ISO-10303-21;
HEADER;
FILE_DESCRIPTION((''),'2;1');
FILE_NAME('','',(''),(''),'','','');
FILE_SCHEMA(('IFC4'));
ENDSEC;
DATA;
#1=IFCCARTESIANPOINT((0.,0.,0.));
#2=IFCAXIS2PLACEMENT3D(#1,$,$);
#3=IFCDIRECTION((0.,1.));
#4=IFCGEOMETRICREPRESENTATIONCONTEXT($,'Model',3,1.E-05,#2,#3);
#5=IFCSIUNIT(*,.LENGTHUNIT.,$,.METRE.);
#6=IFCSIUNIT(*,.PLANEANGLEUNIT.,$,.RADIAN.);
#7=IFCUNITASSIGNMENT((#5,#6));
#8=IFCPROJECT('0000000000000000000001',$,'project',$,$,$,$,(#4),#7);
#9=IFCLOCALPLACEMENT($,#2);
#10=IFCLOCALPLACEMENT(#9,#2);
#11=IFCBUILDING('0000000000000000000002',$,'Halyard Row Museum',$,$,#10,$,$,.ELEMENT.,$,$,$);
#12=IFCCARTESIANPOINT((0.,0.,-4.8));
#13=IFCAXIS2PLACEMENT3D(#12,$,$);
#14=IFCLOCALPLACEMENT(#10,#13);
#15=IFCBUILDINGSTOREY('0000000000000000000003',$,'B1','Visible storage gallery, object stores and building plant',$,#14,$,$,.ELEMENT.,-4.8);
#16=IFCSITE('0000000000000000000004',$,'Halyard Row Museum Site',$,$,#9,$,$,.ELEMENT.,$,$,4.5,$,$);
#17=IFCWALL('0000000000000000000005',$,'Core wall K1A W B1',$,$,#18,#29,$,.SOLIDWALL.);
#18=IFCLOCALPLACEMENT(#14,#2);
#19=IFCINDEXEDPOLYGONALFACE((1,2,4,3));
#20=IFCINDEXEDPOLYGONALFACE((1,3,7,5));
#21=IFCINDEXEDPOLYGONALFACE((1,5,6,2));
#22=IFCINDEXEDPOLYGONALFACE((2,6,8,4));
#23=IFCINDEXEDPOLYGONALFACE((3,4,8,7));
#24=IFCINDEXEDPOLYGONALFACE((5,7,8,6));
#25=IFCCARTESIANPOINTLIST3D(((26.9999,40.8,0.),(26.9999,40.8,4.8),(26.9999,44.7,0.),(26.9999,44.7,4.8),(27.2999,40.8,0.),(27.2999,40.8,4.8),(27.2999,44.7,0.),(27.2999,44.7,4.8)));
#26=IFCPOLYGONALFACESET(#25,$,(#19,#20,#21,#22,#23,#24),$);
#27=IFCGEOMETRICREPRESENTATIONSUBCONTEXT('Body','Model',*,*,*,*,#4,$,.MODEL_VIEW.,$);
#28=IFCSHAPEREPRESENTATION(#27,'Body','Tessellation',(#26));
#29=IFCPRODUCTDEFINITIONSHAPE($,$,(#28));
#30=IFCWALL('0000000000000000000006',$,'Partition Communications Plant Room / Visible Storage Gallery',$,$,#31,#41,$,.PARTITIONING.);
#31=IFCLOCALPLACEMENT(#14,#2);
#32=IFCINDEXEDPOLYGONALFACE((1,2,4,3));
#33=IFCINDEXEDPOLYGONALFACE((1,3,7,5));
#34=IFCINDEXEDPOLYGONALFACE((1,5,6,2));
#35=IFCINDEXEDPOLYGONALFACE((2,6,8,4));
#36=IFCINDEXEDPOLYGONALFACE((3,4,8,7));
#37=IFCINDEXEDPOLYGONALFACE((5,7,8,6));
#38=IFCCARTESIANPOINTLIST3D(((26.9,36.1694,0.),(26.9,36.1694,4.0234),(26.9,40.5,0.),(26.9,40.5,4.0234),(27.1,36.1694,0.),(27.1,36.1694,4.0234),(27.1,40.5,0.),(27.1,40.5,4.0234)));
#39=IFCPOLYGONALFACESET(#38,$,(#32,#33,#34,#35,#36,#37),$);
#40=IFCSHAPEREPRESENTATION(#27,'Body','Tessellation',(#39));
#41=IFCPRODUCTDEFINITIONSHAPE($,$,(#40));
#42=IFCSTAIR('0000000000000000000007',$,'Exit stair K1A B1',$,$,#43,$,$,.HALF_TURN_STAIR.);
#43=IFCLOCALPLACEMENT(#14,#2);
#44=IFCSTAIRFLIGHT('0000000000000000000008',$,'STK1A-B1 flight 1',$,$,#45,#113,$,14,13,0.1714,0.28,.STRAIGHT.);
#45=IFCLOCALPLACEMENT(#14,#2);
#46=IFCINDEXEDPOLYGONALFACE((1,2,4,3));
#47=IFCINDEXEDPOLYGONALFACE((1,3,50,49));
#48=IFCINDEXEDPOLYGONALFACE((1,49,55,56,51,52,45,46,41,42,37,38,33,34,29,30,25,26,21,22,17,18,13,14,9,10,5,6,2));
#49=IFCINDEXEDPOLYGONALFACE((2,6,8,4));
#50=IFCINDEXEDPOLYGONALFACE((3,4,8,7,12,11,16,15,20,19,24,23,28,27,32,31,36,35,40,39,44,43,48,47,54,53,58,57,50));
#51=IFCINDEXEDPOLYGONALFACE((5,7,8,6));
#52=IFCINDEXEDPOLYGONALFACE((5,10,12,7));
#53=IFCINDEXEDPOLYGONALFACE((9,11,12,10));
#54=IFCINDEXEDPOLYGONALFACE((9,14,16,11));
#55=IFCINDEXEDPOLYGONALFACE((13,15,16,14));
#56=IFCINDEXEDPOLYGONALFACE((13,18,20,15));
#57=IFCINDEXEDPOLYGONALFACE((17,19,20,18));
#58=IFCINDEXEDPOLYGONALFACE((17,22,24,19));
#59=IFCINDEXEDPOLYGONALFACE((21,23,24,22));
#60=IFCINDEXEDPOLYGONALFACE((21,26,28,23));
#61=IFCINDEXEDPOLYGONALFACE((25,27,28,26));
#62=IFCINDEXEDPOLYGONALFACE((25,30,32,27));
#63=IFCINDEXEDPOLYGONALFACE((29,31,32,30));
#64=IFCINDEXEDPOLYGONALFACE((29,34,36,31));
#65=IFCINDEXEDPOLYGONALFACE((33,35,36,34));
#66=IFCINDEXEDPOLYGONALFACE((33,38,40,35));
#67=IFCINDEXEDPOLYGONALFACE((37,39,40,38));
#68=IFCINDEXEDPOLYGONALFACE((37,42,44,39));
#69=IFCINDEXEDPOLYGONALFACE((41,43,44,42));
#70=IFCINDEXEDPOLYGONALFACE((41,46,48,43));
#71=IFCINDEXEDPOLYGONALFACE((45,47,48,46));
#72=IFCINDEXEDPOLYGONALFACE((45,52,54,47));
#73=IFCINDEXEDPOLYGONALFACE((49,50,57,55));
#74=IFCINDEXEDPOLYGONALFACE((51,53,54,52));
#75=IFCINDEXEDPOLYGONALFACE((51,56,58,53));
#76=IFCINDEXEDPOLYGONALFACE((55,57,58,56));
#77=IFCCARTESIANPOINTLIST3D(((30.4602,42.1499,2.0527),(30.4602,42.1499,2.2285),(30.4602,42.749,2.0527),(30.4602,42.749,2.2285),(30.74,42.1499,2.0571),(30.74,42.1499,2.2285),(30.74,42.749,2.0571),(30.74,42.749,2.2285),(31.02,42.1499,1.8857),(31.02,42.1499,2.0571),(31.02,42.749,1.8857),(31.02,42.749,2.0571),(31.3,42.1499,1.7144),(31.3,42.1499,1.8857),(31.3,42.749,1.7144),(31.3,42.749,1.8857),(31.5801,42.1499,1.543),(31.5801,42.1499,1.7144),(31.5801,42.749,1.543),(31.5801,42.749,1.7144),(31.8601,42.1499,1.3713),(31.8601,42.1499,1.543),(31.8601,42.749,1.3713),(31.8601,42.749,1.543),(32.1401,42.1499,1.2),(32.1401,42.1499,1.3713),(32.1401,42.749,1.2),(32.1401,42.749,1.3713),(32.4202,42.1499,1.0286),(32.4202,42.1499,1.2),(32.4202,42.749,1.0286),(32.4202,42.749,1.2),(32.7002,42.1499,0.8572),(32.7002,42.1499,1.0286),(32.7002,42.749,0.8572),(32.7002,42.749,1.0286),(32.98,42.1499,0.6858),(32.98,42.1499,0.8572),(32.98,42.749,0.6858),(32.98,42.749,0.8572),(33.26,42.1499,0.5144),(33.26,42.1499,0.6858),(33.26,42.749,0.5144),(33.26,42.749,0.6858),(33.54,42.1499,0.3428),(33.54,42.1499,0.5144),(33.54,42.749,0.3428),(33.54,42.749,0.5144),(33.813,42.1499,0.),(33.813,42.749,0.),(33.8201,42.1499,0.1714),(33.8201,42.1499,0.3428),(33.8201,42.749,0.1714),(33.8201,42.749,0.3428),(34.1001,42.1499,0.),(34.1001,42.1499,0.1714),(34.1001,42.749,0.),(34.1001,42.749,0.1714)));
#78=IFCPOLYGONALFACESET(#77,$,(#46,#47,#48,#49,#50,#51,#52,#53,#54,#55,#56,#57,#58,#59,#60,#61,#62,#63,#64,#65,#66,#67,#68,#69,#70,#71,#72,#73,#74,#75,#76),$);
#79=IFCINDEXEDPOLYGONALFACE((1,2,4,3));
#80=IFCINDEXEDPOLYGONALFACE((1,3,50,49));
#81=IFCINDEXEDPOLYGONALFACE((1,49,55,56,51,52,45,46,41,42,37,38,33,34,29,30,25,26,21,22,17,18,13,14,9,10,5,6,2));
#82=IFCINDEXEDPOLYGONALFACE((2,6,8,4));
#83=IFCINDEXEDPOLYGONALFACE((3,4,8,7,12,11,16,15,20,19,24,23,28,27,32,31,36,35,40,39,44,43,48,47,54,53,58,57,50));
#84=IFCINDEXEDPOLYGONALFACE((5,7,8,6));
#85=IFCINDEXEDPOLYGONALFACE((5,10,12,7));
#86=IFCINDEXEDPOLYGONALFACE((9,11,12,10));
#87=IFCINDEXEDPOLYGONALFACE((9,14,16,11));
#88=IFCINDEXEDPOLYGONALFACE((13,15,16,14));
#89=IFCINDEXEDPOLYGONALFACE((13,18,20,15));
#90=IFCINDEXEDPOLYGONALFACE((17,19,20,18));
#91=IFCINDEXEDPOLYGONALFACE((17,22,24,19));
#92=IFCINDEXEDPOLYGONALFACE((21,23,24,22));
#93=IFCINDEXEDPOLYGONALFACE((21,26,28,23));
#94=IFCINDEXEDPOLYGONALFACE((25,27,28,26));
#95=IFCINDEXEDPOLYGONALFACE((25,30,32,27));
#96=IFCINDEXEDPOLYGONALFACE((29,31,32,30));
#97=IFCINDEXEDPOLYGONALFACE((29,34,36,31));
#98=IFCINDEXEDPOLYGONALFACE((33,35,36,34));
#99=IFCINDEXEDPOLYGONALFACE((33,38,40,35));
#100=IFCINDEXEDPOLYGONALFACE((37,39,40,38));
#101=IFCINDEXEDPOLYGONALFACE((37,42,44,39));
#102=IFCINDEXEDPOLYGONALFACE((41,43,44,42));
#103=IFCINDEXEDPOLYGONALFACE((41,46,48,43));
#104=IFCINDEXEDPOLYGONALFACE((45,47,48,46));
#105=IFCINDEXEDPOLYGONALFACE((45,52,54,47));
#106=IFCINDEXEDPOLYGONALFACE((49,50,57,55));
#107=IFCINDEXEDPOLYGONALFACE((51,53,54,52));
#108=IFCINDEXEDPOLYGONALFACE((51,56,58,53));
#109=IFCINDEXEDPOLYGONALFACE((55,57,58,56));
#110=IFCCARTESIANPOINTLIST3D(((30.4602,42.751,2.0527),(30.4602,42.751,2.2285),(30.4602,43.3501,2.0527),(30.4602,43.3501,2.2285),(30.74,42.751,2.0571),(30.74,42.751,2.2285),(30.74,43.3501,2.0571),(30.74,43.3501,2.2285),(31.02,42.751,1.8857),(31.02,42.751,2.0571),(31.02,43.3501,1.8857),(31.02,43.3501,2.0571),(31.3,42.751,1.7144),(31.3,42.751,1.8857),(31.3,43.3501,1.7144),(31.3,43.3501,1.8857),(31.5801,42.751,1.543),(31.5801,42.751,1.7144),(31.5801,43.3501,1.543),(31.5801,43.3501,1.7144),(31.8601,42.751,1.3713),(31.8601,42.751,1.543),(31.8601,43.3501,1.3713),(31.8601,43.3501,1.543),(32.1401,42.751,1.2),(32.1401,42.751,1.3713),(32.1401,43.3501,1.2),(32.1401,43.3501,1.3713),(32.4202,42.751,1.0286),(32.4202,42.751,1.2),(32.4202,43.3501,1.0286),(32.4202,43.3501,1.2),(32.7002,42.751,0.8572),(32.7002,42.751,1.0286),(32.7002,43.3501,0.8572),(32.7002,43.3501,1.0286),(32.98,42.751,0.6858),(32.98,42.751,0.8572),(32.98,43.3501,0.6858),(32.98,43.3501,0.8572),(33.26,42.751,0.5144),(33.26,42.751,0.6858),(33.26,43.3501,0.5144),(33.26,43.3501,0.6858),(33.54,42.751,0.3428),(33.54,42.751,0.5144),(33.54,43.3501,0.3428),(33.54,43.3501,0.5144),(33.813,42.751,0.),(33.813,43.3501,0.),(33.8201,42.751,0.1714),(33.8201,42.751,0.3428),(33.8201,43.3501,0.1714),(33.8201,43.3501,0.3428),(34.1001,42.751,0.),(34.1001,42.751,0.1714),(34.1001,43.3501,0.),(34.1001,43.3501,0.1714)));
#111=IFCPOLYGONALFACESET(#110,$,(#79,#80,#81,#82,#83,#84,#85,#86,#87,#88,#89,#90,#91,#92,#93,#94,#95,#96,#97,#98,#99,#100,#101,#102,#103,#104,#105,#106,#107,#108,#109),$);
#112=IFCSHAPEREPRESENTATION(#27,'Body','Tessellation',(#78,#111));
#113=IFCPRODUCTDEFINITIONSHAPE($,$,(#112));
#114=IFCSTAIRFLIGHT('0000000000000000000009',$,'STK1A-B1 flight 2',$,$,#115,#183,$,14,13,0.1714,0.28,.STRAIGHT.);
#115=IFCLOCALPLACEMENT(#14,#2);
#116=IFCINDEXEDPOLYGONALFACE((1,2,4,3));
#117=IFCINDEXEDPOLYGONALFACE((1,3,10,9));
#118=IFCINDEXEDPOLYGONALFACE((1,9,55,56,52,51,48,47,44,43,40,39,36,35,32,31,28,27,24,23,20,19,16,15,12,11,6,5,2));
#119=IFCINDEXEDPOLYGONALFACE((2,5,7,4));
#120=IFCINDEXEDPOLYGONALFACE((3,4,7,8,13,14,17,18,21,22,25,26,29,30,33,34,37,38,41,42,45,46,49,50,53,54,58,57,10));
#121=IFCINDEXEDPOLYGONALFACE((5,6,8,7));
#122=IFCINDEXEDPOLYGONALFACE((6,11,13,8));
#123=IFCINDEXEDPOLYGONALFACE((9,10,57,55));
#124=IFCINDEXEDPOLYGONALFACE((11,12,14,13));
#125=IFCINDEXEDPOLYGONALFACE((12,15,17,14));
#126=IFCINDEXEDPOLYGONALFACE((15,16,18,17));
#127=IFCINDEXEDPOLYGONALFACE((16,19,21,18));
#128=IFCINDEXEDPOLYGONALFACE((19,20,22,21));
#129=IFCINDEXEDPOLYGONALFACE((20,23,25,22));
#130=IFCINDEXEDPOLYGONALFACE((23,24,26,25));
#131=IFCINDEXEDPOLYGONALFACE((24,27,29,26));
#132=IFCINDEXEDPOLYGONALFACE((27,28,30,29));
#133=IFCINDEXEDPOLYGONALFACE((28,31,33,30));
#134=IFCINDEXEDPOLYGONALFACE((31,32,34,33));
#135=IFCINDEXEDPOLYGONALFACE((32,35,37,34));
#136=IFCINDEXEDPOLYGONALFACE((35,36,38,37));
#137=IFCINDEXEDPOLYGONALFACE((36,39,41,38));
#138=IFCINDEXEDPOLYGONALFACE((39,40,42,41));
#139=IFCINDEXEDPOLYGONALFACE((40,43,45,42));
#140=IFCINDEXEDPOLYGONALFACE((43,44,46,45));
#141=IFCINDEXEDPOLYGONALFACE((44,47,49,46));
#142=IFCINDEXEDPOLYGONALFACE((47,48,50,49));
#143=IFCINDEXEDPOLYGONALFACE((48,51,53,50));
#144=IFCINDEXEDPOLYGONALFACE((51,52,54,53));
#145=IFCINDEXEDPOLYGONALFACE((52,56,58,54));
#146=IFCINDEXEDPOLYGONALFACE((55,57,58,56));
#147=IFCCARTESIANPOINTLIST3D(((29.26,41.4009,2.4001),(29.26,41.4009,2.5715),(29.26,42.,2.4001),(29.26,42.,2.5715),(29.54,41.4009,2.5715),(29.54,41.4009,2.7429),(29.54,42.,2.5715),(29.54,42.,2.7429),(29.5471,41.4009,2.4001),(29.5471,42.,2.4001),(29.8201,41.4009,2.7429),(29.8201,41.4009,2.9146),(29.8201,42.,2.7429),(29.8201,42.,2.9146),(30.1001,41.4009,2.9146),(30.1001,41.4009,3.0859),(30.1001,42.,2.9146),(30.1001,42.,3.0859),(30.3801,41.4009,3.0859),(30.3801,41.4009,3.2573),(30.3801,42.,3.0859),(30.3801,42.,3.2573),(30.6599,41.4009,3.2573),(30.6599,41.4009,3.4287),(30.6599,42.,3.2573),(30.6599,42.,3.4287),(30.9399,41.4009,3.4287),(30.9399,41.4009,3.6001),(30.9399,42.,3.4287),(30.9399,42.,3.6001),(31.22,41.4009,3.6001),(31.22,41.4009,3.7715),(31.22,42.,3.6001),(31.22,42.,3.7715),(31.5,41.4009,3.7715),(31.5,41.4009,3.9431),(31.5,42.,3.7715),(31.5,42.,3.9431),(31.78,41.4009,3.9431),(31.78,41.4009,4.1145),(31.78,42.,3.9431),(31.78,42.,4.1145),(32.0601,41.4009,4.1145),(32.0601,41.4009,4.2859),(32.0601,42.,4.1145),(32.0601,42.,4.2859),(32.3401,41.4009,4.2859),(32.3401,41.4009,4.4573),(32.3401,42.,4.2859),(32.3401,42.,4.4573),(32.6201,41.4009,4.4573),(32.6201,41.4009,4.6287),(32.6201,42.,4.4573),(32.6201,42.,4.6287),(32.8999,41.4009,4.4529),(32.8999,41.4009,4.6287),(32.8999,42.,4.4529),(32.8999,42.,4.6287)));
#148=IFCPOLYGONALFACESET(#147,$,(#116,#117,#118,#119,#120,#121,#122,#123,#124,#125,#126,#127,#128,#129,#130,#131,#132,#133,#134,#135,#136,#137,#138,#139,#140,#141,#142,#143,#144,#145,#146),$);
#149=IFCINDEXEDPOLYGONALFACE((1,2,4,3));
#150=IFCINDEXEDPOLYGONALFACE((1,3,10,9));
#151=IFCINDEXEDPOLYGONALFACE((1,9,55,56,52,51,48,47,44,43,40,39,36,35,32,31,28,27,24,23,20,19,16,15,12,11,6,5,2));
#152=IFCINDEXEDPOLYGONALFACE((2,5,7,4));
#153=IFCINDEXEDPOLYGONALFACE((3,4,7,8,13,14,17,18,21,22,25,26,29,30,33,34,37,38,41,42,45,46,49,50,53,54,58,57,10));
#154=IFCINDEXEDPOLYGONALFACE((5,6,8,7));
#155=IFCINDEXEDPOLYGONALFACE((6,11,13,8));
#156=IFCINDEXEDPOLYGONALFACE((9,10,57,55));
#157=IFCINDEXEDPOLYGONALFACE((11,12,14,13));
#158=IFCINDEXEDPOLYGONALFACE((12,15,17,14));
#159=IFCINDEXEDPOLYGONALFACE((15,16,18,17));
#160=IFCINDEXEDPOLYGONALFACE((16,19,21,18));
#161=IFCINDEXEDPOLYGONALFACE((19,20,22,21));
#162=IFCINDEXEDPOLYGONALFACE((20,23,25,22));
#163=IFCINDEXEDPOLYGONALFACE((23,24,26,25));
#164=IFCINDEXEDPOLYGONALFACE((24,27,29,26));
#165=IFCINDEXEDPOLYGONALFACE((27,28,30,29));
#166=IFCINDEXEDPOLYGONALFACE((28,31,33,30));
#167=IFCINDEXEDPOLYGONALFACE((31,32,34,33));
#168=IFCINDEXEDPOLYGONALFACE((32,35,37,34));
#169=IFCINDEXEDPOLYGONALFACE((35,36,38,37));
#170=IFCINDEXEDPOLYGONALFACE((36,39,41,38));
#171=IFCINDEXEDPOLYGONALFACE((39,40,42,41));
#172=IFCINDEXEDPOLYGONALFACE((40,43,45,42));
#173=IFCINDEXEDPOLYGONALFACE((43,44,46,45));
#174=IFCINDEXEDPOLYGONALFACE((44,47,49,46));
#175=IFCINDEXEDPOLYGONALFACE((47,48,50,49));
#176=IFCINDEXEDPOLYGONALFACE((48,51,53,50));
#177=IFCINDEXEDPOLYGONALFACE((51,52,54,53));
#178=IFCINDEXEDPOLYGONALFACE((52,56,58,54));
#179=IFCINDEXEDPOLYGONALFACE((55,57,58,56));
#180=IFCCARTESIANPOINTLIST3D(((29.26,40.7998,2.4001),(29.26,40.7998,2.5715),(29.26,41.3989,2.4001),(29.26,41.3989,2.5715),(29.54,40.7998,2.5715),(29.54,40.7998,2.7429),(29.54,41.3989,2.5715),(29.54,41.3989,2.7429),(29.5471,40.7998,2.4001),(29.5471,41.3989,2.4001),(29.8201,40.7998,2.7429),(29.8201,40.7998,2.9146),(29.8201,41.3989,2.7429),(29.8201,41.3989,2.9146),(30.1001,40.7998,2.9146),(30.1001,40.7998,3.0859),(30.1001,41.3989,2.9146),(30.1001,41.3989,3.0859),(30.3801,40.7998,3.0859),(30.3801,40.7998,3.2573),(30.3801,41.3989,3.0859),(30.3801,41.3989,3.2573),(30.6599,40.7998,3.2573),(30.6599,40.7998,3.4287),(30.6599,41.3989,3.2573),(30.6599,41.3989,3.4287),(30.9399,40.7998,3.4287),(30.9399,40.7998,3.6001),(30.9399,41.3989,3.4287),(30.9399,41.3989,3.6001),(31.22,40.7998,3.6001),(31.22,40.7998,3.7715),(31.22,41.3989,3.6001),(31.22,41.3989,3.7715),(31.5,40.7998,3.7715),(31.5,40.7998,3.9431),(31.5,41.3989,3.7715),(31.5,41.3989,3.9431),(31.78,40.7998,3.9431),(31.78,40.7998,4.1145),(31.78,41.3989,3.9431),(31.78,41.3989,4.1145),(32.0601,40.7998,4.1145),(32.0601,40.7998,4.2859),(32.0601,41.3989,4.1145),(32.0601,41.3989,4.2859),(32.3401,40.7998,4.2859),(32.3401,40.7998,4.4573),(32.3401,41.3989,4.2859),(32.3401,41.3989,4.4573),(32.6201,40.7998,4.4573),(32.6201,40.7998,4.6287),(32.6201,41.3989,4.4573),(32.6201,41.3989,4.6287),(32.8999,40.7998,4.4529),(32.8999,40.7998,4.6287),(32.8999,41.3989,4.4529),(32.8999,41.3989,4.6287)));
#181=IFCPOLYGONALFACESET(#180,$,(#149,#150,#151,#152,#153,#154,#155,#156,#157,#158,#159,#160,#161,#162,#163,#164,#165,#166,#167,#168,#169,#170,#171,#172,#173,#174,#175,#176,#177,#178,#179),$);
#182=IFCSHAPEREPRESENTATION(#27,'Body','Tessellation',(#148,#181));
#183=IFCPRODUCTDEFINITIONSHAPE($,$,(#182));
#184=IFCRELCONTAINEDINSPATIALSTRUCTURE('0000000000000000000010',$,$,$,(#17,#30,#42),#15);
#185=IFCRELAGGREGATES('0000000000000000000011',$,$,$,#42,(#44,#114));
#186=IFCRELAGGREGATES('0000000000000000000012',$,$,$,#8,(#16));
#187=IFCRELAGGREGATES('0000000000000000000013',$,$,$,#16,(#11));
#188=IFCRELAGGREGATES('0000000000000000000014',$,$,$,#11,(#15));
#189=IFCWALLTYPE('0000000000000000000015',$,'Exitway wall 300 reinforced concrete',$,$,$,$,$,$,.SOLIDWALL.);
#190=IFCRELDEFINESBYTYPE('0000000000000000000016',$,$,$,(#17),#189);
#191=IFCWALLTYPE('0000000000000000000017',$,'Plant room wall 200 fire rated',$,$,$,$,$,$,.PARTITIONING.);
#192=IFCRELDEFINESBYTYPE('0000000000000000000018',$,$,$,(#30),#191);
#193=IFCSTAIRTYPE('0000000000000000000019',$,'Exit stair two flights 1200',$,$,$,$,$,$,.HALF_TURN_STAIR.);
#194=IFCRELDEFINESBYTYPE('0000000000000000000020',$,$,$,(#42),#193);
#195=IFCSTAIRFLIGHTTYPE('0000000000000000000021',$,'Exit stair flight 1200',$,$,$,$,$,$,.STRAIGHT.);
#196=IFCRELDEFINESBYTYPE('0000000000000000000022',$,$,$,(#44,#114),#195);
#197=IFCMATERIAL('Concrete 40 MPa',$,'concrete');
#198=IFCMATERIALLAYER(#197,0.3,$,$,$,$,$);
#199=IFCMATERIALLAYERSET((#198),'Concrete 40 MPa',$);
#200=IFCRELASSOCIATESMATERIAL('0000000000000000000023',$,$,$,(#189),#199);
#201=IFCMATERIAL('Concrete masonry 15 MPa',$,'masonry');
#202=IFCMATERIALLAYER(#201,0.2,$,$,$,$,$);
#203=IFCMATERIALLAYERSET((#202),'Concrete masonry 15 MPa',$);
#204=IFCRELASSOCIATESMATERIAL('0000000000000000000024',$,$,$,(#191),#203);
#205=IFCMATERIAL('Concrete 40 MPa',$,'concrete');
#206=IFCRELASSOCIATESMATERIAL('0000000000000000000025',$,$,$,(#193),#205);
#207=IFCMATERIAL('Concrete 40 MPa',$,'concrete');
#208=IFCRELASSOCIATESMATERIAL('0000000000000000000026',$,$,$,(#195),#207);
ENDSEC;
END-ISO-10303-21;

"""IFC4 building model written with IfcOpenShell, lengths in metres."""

from ifc_helpers import new_model, si_unit, direction, frame, frame_2d, origin, place, context, subcontext, project, spatial, polyline, rectangle, outline, extrude, material, layer, layer_set, type_object, element, aggregate, save


model = new_model("IFC4")

# Units and contexts
model_context = context("Model", 3, precision=1e-05, world=origin(), true_north=direction((0.0, 1.0)))
body_context = subcontext(model_context, "Body", "Model", "MODEL_VIEW")
ifc_project = project(units=[si_unit("LENGTHUNIT", "METRE"), si_unit("PLANEANGLEUNIT", "RADIAN")], contexts=[model_context])

# Site, building, storey
site_placement = place(None, origin())
site = spatial("IfcSite", under=ifc_project, at=site_placement, Name="Halyard Row Museum Site", CompositionType="ELEMENT", RefElevation=4.5)
building_placement = place(site_placement, origin())
building = spatial("IfcBuilding", under=site, at=building_placement, Name="Halyard Row Museum", CompositionType="ELEMENT")
storey_placement = place(building_placement, frame((0.0, 0.0, -4.8)))
storey = spatial("IfcBuildingStorey", under=building, at=storey_placement, Name="B1", Description="Visible storage gallery, object stores and building plant", CompositionType="ELEMENT", Elevation=-4.8)

# Shared definitions
ifc_material_1 = material(Name="Concrete 40 MPa", Category="concrete")
ifc_layer_1 = layer(ifc_material_1, 0.3)
ifc_layer_set_1 = layer_set([ifc_layer_1], Name="Concrete 40 MPa")
wall_type_1 = type_object("IfcWallType", Name="Exitway wall 300 reinforced concrete", PredefinedType="SOLIDWALL", material=ifc_layer_set_1)

# Wall
wall_1_placement = place(storey_placement, frame((27.1499, 40.8, 0.0), z_axis=(0.0, 0.0, 1.0), x_axis=(0.0, 1.0, 0.0)))
element("IfcWall", 1, at=wall_1_placement, inside=storey, type_object=wall_type_1, Name="Core wall K1A W B1", PredefinedType="SOLIDWALL", context=body_context, shape_type="SweptSolid", body=[
    extrude(rectangle(XDim=3.8999, YDim=0.3, at=frame_2d((1.95, 0.0))), origin(), (0.0, 0.0, 1.0), 4.8),
])

# Wall
ifc_material_2 = material(Name="Concrete masonry 15 MPa", Category="masonry")
ifc_layer_2 = layer(ifc_material_2, 0.2)
ifc_layer_set_2 = layer_set([ifc_layer_2], Name="Concrete masonry 15 MPa")
wall_type_2 = type_object("IfcWallType", Name="Plant room wall 200 fire rated", PredefinedType="PARTITIONING", material=ifc_layer_set_2)
wall_2_placement = place(storey_placement, frame((27.0, 36.1694, 0.0), z_axis=(0.0, 0.0, 1.0), x_axis=(0.0, 1.0, 0.0)))
element("IfcWall", 2, at=wall_2_placement, inside=storey, type_object=wall_type_2, Name="Partition Communications Plant Room / Visible Storage Gallery", PredefinedType="PARTITIONING", context=body_context, shape_type="SweptSolid", body=[
    extrude(rectangle(XDim=4.3306, YDim=0.2, at=frame_2d((2.1653, 0.0))), origin(), (0.0, 0.0, 1.0), 4.0234),
])

# Stair, stair flights
ifc_material_3 = material(Name="Concrete 40 MPa", Category="concrete")
stair_type = type_object("IfcStairType", Name="Exit stair two flights 1200", PredefinedType="HALF_TURN_STAIR", material=ifc_material_3)
stair_placement = place(storey_placement, origin())
stair = element("IfcStair", 3, at=stair_placement, inside=storey, type_object=stair_type, Name="Exit stair K1A B1", PredefinedType="HALF_TURN_STAIR")
ifc_material_4 = material(Name="Concrete 40 MPa", Category="concrete")
stair_flight_type = type_object("IfcStairFlightType", Name="Exit stair flight 1200", PredefinedType="STRAIGHT", material=ifc_material_4)
stair_flight_1_placement = place(storey_placement, frame((34.1001, 42.75, 0.0), z_axis=(0.0, 0.0, 1.0), x_axis=(-1.0, 0.0, 0.0)))
stair_flight_1 = element("IfcStairFlight", 4, at=stair_flight_1_placement, type_object=stair_flight_type, Name="STK1A-B1 flight 1", NumberOfRisers=14, NumberOfTreads=13, PredefinedType="STRAIGHT", RiserHeight=0.1714, TreadLength=0.28, context=body_context, shape_type="SweptSolid", body=[
    extrude(outline(polyline([(0.0, 0.0), (0.0, 0.1714), (0.28, 0.1714), (0.28, 0.3428), (0.5601, 0.3428), (0.5601, 0.5144), (0.8401, 0.5144), (0.8401, 0.6858), (1.1201, 0.6858), (1.1201, 0.8572), (1.3999, 0.8572), (1.3999, 1.0286), (1.6799, 1.0286), (1.6799, 1.2), (1.96, 1.2), (1.96, 1.3713), (2.24, 1.3713), (2.24, 1.543), (2.52, 1.543), (2.52, 1.7144), (2.8, 1.7144), (2.8, 1.8857), (3.0801, 1.8857), (3.0801, 2.0571), (3.3601, 2.0571), (3.3601, 2.2285), (3.6399, 2.2285), (3.6399, 2.3999), (3.6399, 2.0527), (0.2871, 0.0), (0.0, 0.0)])), frame((0.0, 0.6001, 0.0), z_axis=(0.0, -1.0, 0.0), x_axis=(1.0, 0.0, 0.0)), (0.0, 0.0, 1.0), 0.5991),
    extrude(outline(polyline([(0.0, 0.0), (0.0, 0.1714), (0.28, 0.1714), (0.28, 0.3428), (0.5601, 0.3428), (0.5601, 0.5144), (0.8401, 0.5144), (0.8401, 0.6858), (1.1201, 0.6858), (1.1201, 0.8572), (1.3999, 0.8572), (1.3999, 1.0286), (1.6799, 1.0286), (1.6799, 1.2), (1.96, 1.2), (1.96, 1.3713), (2.24, 1.3713), (2.24, 1.543), (2.52, 1.543), (2.52, 1.7144), (2.8, 1.7144), (2.8, 1.8857), (3.0801, 1.8857), (3.0801, 2.0571), (3.3601, 2.0571), (3.3601, 2.2285), (3.6399, 2.2285), (3.6399, 2.3999), (3.6399, 2.0527), (0.2871, 0.0), (0.0, 0.0)])), frame((0.0, -0.001, 0.0), z_axis=(0.0, -1.0, 0.0), x_axis=(1.0, 0.0, 0.0)), (0.0, 0.0, 1.0), 0.5991),
])
stair_flight_2_placement = place(storey_placement, frame((29.26, 41.3999, 2.4001), z_axis=(0.0, 0.0, 1.0), x_axis=(1.0, 0.0, 0.0)))
stair_flight_2 = element("IfcStairFlight", 5, at=stair_flight_2_placement, type_object=stair_flight_type, Name="STK1A-B1 flight 2", NumberOfRisers=14, NumberOfTreads=13, PredefinedType="STRAIGHT", RiserHeight=0.1714, TreadLength=0.28, context=body_context, shape_type="SweptSolid", body=[
    extrude(outline(polyline([(0.0, 0.0), (0.0, 0.1714), (0.28, 0.1714), (0.28, 0.3428), (0.5601, 0.3428), (0.5601, 0.5144), (0.8401, 0.5144), (0.8401, 0.6858), (1.1201, 0.6858), (1.1201, 0.8572), (1.3999, 0.8572), (1.3999, 1.0286), (1.6799, 1.0286), (1.6799, 1.2), (1.96, 1.2), (1.96, 1.3713), (2.24, 1.3713), (2.24, 1.543), (2.52, 1.543), (2.52, 1.7144), (2.8, 1.7144), (2.8, 1.8857), (3.0801, 1.8857), (3.0801, 2.0571), (3.3601, 2.0571), (3.3601, 2.2285), (3.6399, 2.2285), (3.6399, 2.3999), (3.6399, 2.0527), (0.2871, 0.0), (0.0, 0.0)])), frame((0.0, 0.6001, 0.0), z_axis=(0.0, -1.0, 0.0), x_axis=(1.0, 0.0, 0.0)), (0.0, 0.0, 1.0), 0.5991),
    extrude(outline(polyline([(0.0, 0.0), (0.0, 0.1714), (0.28, 0.1714), (0.28, 0.3428), (0.5601, 0.3428), (0.5601, 0.5144), (0.8401, 0.5144), (0.8401, 0.6858), (1.1201, 0.6858), (1.1201, 0.8572), (1.3999, 0.8572), (1.3999, 1.0286), (1.6799, 1.0286), (1.6799, 1.2), (1.96, 1.2), (1.96, 1.3713), (2.24, 1.3713), (2.24, 1.543), (2.52, 1.543), (2.52, 1.7144), (2.8, 1.7144), (2.8, 1.8857), (3.0801, 1.8857), (3.0801, 2.0571), (3.3601, 2.0571), (3.3601, 2.2285), (3.6399, 2.2285), (3.6399, 2.3999), (3.6399, 2.0527), (0.2871, 0.0), (0.0, 0.0)])), frame((0.0, -0.001, 0.0), z_axis=(0.0, -1.0, 0.0), x_axis=(1.0, 0.0, 0.0)), (0.0, 0.0, 1.0), 0.5991),
])
aggregate(stair, [stair_flight_1, stair_flight_2])

save(model, "model.ifc")
